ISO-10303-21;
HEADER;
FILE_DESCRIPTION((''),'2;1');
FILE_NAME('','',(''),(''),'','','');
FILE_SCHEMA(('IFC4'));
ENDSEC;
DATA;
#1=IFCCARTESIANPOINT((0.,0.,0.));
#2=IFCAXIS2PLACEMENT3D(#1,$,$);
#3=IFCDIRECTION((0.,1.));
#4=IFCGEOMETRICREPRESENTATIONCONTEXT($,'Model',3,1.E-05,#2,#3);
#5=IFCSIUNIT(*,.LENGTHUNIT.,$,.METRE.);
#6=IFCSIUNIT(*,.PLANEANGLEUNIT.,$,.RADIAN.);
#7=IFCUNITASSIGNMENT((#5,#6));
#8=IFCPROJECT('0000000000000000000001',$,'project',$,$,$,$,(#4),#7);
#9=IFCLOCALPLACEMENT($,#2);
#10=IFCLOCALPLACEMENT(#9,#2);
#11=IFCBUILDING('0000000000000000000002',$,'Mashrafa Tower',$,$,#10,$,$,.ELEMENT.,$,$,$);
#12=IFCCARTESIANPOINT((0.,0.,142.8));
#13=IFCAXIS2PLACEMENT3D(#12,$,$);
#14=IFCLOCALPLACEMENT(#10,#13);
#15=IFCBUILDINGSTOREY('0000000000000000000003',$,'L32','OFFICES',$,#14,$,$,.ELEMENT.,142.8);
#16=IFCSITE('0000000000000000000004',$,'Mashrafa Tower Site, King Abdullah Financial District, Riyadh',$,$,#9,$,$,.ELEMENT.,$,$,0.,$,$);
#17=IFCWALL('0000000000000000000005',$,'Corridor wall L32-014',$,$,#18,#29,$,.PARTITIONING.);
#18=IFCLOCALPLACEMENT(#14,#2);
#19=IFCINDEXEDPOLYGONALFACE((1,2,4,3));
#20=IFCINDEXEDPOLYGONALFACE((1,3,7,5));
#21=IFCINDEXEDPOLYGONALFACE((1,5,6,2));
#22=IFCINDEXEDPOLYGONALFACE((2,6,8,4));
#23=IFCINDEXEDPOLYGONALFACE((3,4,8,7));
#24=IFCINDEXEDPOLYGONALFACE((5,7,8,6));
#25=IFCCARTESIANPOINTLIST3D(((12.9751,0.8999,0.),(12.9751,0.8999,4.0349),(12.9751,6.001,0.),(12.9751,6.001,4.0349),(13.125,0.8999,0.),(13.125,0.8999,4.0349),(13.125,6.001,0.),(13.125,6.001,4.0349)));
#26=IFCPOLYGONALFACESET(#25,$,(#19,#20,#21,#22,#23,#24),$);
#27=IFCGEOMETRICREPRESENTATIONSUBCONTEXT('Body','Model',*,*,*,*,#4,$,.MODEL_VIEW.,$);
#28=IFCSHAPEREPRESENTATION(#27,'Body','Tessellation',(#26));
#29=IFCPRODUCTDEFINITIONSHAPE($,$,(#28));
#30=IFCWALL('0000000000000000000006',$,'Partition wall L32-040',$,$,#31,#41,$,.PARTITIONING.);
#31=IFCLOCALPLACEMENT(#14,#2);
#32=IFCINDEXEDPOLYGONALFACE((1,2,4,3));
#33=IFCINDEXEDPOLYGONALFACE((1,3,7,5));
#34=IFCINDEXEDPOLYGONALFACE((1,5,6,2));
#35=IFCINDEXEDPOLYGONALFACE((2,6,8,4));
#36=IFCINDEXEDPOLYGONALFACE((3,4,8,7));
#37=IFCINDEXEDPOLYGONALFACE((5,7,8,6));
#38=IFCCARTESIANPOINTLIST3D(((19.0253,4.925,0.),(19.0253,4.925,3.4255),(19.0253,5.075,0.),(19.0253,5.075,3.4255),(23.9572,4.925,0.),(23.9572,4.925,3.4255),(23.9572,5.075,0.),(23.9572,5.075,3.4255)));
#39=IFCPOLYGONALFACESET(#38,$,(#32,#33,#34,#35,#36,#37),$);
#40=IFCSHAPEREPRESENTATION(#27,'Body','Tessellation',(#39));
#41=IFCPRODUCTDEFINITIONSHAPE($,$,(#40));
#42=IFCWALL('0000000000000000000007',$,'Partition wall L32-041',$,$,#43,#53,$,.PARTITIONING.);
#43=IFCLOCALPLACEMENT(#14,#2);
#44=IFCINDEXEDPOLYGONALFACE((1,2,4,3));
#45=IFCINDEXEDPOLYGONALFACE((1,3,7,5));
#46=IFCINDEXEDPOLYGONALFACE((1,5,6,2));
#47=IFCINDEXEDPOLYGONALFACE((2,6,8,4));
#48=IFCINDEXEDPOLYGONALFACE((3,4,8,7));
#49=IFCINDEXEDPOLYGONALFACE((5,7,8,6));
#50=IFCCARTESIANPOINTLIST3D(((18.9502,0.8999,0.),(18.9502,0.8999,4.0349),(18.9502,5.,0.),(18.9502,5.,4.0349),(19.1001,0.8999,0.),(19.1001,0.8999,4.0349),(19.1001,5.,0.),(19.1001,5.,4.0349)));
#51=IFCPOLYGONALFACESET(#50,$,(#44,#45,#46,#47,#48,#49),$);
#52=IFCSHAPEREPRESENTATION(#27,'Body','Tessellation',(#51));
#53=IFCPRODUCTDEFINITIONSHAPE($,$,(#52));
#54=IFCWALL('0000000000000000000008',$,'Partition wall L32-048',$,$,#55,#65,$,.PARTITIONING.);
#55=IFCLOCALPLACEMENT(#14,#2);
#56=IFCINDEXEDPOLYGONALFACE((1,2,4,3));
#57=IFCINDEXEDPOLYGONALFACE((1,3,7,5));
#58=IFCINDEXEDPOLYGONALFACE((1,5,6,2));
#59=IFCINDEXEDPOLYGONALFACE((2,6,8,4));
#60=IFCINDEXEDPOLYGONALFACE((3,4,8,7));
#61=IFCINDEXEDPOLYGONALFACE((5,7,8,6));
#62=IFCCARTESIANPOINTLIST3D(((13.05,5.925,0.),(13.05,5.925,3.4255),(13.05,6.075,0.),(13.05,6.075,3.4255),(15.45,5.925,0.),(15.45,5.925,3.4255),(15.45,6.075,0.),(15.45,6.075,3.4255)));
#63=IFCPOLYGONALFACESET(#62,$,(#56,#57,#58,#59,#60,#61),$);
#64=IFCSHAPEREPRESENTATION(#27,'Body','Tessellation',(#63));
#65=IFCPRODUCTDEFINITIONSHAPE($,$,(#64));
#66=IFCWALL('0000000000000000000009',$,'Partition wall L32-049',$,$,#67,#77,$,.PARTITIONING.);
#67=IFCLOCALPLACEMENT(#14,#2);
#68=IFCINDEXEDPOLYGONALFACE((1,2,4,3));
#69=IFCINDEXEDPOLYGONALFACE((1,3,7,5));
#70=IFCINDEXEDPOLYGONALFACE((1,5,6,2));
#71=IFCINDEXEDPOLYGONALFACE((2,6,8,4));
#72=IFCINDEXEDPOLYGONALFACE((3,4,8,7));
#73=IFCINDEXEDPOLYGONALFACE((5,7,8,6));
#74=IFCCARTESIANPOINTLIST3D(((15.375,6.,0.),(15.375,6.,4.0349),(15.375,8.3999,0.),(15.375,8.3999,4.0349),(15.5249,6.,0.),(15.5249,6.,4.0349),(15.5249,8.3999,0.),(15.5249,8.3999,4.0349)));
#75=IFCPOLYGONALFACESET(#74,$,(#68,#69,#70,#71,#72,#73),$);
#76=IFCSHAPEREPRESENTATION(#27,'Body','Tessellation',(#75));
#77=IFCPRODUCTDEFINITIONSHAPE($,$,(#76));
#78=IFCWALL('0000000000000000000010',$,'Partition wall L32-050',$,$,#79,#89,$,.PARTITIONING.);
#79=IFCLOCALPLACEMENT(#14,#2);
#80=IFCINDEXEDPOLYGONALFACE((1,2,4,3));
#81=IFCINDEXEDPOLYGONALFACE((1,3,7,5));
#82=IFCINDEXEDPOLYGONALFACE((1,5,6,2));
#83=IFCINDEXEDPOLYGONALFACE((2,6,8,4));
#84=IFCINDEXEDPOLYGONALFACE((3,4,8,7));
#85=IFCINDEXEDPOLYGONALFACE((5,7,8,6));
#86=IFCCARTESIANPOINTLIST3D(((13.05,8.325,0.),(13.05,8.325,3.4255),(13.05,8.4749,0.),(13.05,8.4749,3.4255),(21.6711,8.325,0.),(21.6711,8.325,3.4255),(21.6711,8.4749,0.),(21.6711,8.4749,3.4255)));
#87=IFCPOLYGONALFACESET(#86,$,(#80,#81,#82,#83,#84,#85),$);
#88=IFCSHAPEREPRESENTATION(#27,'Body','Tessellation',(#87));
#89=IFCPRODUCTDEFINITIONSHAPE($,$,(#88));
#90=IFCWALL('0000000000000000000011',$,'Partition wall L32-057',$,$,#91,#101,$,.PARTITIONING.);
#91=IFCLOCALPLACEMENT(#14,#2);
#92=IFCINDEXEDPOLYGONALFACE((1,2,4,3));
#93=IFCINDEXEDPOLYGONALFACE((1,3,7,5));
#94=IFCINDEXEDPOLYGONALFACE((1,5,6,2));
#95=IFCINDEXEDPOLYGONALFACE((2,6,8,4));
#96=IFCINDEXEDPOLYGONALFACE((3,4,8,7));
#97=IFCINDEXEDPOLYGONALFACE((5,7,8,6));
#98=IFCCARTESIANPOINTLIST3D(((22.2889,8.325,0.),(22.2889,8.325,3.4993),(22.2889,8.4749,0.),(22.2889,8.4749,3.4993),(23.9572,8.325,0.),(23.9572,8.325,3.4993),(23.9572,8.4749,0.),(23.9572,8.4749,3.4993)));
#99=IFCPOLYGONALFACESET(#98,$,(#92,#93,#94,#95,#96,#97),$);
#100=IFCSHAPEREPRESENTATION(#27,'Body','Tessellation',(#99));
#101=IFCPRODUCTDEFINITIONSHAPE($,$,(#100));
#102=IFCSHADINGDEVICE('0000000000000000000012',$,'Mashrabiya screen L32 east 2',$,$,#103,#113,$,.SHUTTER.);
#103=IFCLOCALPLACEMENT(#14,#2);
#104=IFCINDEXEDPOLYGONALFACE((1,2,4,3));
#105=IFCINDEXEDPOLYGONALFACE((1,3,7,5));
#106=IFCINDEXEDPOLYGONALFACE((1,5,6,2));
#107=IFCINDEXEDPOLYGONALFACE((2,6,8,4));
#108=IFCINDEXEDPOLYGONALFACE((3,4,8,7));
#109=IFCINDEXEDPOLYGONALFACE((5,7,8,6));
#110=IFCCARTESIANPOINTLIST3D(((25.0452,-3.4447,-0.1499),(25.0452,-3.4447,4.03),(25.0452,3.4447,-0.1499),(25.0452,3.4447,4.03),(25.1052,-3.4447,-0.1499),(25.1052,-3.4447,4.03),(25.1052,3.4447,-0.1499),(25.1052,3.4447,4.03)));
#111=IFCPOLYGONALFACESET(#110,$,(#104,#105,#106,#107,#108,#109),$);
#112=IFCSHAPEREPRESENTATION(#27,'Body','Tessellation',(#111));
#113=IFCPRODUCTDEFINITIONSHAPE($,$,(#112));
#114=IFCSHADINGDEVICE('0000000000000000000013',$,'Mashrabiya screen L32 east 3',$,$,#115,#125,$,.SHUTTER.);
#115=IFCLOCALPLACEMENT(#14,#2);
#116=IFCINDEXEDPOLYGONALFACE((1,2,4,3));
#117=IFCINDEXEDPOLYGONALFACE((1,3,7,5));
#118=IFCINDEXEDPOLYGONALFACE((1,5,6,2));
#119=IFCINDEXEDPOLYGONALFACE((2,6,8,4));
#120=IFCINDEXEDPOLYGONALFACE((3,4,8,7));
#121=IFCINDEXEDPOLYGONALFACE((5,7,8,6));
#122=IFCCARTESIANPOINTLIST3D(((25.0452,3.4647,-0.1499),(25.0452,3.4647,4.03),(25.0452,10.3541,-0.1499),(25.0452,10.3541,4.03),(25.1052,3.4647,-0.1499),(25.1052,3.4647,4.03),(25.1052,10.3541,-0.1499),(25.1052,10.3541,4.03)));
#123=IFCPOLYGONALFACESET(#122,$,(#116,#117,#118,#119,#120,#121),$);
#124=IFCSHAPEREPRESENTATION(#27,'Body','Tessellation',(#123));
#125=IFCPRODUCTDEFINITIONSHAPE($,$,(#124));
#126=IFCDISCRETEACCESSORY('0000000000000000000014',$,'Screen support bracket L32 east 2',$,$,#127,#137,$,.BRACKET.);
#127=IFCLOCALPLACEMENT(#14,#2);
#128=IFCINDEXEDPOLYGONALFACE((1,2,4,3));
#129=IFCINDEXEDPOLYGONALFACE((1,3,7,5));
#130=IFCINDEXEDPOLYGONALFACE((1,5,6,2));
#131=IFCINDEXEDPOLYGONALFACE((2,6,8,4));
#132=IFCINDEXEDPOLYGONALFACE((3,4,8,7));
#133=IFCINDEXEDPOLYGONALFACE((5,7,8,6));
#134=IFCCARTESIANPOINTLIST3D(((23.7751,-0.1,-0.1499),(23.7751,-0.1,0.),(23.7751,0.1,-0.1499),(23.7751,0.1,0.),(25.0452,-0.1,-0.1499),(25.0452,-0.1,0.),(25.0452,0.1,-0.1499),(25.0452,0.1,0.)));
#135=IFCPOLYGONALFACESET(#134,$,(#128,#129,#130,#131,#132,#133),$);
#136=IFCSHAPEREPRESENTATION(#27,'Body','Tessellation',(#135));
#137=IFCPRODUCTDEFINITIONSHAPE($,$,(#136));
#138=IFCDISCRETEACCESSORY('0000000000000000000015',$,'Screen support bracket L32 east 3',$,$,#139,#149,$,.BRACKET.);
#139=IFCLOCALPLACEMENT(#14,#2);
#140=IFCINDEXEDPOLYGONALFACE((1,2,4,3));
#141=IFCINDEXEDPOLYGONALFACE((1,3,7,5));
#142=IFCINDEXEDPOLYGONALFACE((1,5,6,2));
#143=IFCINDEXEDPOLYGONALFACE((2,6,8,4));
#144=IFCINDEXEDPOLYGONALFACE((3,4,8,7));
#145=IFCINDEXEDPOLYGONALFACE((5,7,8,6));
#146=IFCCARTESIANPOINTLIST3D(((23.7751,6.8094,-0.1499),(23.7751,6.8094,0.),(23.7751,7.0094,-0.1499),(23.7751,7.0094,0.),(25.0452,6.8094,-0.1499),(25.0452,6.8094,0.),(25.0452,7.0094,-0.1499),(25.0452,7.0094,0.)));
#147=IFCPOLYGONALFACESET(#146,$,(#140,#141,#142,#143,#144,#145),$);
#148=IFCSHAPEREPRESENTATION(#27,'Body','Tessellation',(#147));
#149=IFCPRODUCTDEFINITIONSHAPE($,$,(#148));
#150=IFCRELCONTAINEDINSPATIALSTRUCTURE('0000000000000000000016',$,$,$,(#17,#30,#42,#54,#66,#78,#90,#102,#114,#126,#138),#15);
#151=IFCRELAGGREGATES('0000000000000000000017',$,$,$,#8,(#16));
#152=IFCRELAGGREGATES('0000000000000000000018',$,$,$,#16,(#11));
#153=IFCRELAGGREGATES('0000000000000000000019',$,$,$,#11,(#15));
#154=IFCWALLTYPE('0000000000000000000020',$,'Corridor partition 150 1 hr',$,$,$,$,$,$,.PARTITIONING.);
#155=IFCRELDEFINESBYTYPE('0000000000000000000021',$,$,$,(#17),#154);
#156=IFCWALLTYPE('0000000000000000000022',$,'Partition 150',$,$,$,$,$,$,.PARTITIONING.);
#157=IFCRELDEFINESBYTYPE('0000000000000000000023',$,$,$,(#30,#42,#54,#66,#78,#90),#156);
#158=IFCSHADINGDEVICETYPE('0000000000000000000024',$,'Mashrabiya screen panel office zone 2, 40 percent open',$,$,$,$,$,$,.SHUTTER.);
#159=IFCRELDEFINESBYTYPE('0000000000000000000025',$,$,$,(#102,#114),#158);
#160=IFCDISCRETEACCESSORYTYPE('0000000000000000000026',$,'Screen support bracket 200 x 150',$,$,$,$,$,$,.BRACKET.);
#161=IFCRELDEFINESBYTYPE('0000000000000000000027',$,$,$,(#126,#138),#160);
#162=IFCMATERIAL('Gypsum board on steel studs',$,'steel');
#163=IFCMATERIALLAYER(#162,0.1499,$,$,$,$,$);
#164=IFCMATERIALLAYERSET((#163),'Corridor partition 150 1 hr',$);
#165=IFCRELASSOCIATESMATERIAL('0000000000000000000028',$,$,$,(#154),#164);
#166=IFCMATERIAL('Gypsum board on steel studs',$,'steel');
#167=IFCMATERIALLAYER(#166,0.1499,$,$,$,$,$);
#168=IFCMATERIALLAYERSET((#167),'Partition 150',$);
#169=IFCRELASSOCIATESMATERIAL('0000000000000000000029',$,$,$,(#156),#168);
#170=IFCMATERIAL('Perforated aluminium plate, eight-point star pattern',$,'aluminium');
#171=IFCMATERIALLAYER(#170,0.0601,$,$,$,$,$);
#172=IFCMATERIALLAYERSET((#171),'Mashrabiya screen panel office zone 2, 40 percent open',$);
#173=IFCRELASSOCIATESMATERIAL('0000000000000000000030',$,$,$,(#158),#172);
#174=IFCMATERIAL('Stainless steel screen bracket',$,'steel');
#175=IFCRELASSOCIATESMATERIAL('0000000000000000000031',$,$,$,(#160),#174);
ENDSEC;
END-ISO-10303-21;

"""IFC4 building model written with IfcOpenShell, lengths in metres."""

from ifc_helpers import new_model, si_unit, direction, frame, frame_2d, origin, origin_2d, place, context, subcontext, project, spatial, rectangle, extrude, source, transform, mapped, material, layer, layer_set, type_object, type_shapes, element, save


model = new_model("IFC4")

# Units and contexts
model_context = context("Model", 3, precision=1e-05, world=origin(), true_north=direction((0.0, 1.0)))
body_context = subcontext(model_context, "Body", "Model", "MODEL_VIEW")
ifc_project = project(units=[si_unit("LENGTHUNIT", "METRE"), si_unit("PLANEANGLEUNIT", "RADIAN")], contexts=[model_context])

# Site, building, storey
site_placement = place(None, origin())
site = spatial("IfcSite", under=ifc_project, at=site_placement, Name="Mashrafa Tower Site, King Abdullah Financial District, Riyadh", CompositionType="ELEMENT", RefElevation=0.0)
building_placement = place(site_placement, origin())
building = spatial("IfcBuilding", under=site, at=building_placement, Name="Mashrafa Tower", CompositionType="ELEMENT")
storey_placement = place(building_placement, frame((0.0, 0.0, 142.8)))
storey = spatial("IfcBuildingStorey", under=building, at=storey_placement, Name="L32", Description="OFFICES", CompositionType="ELEMENT", Elevation=142.8)

# Shared definitions
ifc_material_1 = material(Name="Gypsum board on steel studs", Category="steel")
ifc_layer_1 = layer(ifc_material_1, 0.1499)
ifc_layer_set_1 = layer_set([ifc_layer_1], Name="Corridor partition 150 1 hr")
wall_type_1 = type_object("IfcWallType", Name="Corridor partition 150 1 hr", PredefinedType="PARTITIONING", material=ifc_layer_set_1)

# Wall
wall_1_placement = place(storey_placement, frame((13.05, 0.8999, 0.0), z_axis=(0.0, 0.0, 1.0), x_axis=(0.0, 1.0, 0.0)))
element("IfcWall", 1, at=wall_1_placement, inside=storey, type_object=wall_type_1, Name="Corridor wall L32-014", PredefinedType="PARTITIONING", context=body_context, shape_type="SweptSolid", body=[
    extrude(rectangle(XDim=5.1011, YDim=0.1499, at=frame_2d((2.5505, 0.0))), origin(), (0.0, 0.0, 1.0), 4.0349),
])

# Walls
ifc_material_2 = material(Name="Gypsum board on steel studs", Category="steel")
ifc_layer_2 = layer(ifc_material_2, 0.1499)
ifc_layer_set_2 = layer_set([ifc_layer_2], Name="Partition 150")
wall_type_2 = type_object("IfcWallType", Name="Partition 150", PredefinedType="PARTITIONING", material=ifc_layer_set_2)
wall_2_placement = place(storey_placement, frame((23.957, 5.0, 0.0), z_axis=(0.0, 0.0, 1.0), x_axis=(-1.0, 0.0, 0.0)))
element("IfcWall", 2, at=wall_2_placement, inside=storey, type_object=wall_type_2, Name="Partition wall L32-040", PredefinedType="PARTITIONING", context=body_context, shape_type="SweptSolid", body=[
    extrude(rectangle(XDim=4.9319, YDim=0.1499, at=frame_2d((2.4658, 0.0))), origin(), (0.0, 0.0, 1.0), 3.4255),
])
wall_3_placement = place(storey_placement, frame((19.0251, 5.0, 0.0), z_axis=(0.0, 0.0, 1.0), x_axis=(0.0, -1.0, 0.0)))
element("IfcWall", 3, at=wall_3_placement, inside=storey, type_object=wall_type_2, Name="Partition wall L32-041", PredefinedType="PARTITIONING", context=body_context, shape_type="SweptSolid", body=[
    extrude(rectangle(XDim=4.1001, YDim=0.1499, at=frame_2d((2.05, 0.0))), origin(), (0.0, 0.0, 1.0), 4.0349),
])
wall_4_placement = place(storey_placement, frame((13.05, 6.0, 0.0), z_axis=(0.0, 0.0, 1.0), x_axis=(1.0, 0.0, 0.0)))
element("IfcWall", 4, at=wall_4_placement, inside=storey, type_object=wall_type_2, Name="Partition wall L32-048", PredefinedType="PARTITIONING", context=body_context, shape_type="SweptSolid", body=[
    extrude(rectangle(XDim=2.3999, YDim=0.1499, at=frame_2d((1.2, 0.0))), origin(), (0.0, 0.0, 1.0), 3.4255),
])
wall_5_placement = place(storey_placement, frame((15.45, 6.0, 0.0), z_axis=(0.0, 0.0, 1.0), x_axis=(0.0, 1.0, 0.0)))
element("IfcWall", 5, at=wall_5_placement, inside=storey, type_object=wall_type_2, Name="Partition wall L32-049", PredefinedType="PARTITIONING", context=body_context, shape_type="SweptSolid", body=[
    extrude(rectangle(XDim=2.3999, YDim=0.1499, at=frame_2d((1.2, 0.0))), origin(), (0.0, 0.0, 1.0), 4.0349),
])
wall_6_placement = place(storey_placement, frame((13.05, 8.3999, 0.0), z_axis=(0.0, 0.0, 1.0), x_axis=(1.0, 0.0, 0.0)))
element("IfcWall", 6, at=wall_6_placement, inside=storey, type_object=wall_type_2, Name="Partition wall L32-050", PredefinedType="PARTITIONING", context=body_context, shape_type="SweptSolid", body=[
    extrude(rectangle(XDim=8.6211, YDim=0.1499, at=frame_2d((4.3105, 0.0))), origin(), (0.0, 0.0, 1.0), 3.4255),
])
wall_7_placement = place(storey_placement, frame((23.957, 8.3999, 0.0), z_axis=(0.0, 0.0, 1.0), x_axis=(-1.0, 0.0, 0.0)))
element("IfcWall", 7, at=wall_7_placement, inside=storey, type_object=wall_type_2, Name="Partition wall L32-057", PredefinedType="PARTITIONING", context=body_context, shape_type="SweptSolid", body=[
    extrude(rectangle(XDim=1.6682, YDim=0.1499, at=frame_2d((0.834, 0.0))), origin(), (0.0, 0.0, 1.0), 3.4993),
])

# Shading devices
ifc_material_3 = material(Name="Perforated aluminium plate, eight-point star pattern", Category="aluminium")
ifc_layer_3 = layer(ifc_material_3, 0.0601)
ifc_layer_set_3 = layer_set([ifc_layer_3], Name="Mashrabiya screen panel office zone 2, 40 percent open")
shading_device_type = type_object("IfcShadingDeviceType", Name="Mashrabiya screen panel office zone 2, 40 percent open", PredefinedType="SHUTTER", material=ifc_layer_set_3)
shared_shape_1 = source(origin(), body_context, "Body", "SweptSolid", [
    extrude(rectangle(XDim=6.8894, YDim=0.0601, at=origin_2d()), origin(), (0.0, 0.0, 1.0), 4.1799),
])
type_shapes(shading_device_type, [shared_shape_1])
for number, where, z_axis, x_axis, name in (
    (8, (25.0752, 0.0, -0.1499), (0.0, 0.0, 1.0), (0.0, 1.0, 0.0), "Mashrabiya screen L32 east 2"),
    (9, (25.0752, 6.9094, -0.1499), (0.0, 0.0, 1.0), (0.0, 1.0, 0.0), "Mashrabiya screen L32 east 3"),
):
    element("IfcShadingDevice", number, at=place(storey_placement, frame(where, z_axis=z_axis, x_axis=x_axis)), inside=storey, type_object=shading_device_type, Name=name, PredefinedType="SHUTTER", context=body_context, shape_type="MappedRepresentation", body=[
        mapped(shared_shape_1, transform((0.0, 0.0, 0.0))),
    ])

# Discrete accessories
ifc_material_4 = material(Name="Stainless steel screen bracket", Category="steel")
discrete_accessory_type = type_object("IfcDiscreteAccessoryType", Name="Screen support bracket 200 x 150", PredefinedType="BRACKET", material=ifc_material_4)
shared_shape_2 = source(origin(), body_context, "Body", "SweptSolid", [
    extrude(rectangle(XDim=0.2, YDim=1.27, at=origin_2d()), origin(), (0.0, 0.0, 1.0), 0.1499),
])
type_shapes(discrete_accessory_type, [shared_shape_2])
for number, where, z_axis, x_axis, name in (
    (10, (24.4102, 0.0, -0.1499), (0.0, 0.0, 1.0), (0.0, 1.0, 0.0), "Screen support bracket L32 east 2"),
    (11, (24.4102, 6.9094, -0.1499), (0.0, 0.0, 1.0), (0.0, 1.0, 0.0), "Screen support bracket L32 east 3"),
):
    element("IfcDiscreteAccessory", number, at=place(storey_placement, frame(where, z_axis=z_axis, x_axis=x_axis)), inside=storey, type_object=discrete_accessory_type, Name=name, PredefinedType="BRACKET", context=body_context, shape_type="MappedRepresentation", body=[
        mapped(shared_shape_2, transform((0.0, 0.0, 0.0))),
    ])

save(model, "model.ifc")
